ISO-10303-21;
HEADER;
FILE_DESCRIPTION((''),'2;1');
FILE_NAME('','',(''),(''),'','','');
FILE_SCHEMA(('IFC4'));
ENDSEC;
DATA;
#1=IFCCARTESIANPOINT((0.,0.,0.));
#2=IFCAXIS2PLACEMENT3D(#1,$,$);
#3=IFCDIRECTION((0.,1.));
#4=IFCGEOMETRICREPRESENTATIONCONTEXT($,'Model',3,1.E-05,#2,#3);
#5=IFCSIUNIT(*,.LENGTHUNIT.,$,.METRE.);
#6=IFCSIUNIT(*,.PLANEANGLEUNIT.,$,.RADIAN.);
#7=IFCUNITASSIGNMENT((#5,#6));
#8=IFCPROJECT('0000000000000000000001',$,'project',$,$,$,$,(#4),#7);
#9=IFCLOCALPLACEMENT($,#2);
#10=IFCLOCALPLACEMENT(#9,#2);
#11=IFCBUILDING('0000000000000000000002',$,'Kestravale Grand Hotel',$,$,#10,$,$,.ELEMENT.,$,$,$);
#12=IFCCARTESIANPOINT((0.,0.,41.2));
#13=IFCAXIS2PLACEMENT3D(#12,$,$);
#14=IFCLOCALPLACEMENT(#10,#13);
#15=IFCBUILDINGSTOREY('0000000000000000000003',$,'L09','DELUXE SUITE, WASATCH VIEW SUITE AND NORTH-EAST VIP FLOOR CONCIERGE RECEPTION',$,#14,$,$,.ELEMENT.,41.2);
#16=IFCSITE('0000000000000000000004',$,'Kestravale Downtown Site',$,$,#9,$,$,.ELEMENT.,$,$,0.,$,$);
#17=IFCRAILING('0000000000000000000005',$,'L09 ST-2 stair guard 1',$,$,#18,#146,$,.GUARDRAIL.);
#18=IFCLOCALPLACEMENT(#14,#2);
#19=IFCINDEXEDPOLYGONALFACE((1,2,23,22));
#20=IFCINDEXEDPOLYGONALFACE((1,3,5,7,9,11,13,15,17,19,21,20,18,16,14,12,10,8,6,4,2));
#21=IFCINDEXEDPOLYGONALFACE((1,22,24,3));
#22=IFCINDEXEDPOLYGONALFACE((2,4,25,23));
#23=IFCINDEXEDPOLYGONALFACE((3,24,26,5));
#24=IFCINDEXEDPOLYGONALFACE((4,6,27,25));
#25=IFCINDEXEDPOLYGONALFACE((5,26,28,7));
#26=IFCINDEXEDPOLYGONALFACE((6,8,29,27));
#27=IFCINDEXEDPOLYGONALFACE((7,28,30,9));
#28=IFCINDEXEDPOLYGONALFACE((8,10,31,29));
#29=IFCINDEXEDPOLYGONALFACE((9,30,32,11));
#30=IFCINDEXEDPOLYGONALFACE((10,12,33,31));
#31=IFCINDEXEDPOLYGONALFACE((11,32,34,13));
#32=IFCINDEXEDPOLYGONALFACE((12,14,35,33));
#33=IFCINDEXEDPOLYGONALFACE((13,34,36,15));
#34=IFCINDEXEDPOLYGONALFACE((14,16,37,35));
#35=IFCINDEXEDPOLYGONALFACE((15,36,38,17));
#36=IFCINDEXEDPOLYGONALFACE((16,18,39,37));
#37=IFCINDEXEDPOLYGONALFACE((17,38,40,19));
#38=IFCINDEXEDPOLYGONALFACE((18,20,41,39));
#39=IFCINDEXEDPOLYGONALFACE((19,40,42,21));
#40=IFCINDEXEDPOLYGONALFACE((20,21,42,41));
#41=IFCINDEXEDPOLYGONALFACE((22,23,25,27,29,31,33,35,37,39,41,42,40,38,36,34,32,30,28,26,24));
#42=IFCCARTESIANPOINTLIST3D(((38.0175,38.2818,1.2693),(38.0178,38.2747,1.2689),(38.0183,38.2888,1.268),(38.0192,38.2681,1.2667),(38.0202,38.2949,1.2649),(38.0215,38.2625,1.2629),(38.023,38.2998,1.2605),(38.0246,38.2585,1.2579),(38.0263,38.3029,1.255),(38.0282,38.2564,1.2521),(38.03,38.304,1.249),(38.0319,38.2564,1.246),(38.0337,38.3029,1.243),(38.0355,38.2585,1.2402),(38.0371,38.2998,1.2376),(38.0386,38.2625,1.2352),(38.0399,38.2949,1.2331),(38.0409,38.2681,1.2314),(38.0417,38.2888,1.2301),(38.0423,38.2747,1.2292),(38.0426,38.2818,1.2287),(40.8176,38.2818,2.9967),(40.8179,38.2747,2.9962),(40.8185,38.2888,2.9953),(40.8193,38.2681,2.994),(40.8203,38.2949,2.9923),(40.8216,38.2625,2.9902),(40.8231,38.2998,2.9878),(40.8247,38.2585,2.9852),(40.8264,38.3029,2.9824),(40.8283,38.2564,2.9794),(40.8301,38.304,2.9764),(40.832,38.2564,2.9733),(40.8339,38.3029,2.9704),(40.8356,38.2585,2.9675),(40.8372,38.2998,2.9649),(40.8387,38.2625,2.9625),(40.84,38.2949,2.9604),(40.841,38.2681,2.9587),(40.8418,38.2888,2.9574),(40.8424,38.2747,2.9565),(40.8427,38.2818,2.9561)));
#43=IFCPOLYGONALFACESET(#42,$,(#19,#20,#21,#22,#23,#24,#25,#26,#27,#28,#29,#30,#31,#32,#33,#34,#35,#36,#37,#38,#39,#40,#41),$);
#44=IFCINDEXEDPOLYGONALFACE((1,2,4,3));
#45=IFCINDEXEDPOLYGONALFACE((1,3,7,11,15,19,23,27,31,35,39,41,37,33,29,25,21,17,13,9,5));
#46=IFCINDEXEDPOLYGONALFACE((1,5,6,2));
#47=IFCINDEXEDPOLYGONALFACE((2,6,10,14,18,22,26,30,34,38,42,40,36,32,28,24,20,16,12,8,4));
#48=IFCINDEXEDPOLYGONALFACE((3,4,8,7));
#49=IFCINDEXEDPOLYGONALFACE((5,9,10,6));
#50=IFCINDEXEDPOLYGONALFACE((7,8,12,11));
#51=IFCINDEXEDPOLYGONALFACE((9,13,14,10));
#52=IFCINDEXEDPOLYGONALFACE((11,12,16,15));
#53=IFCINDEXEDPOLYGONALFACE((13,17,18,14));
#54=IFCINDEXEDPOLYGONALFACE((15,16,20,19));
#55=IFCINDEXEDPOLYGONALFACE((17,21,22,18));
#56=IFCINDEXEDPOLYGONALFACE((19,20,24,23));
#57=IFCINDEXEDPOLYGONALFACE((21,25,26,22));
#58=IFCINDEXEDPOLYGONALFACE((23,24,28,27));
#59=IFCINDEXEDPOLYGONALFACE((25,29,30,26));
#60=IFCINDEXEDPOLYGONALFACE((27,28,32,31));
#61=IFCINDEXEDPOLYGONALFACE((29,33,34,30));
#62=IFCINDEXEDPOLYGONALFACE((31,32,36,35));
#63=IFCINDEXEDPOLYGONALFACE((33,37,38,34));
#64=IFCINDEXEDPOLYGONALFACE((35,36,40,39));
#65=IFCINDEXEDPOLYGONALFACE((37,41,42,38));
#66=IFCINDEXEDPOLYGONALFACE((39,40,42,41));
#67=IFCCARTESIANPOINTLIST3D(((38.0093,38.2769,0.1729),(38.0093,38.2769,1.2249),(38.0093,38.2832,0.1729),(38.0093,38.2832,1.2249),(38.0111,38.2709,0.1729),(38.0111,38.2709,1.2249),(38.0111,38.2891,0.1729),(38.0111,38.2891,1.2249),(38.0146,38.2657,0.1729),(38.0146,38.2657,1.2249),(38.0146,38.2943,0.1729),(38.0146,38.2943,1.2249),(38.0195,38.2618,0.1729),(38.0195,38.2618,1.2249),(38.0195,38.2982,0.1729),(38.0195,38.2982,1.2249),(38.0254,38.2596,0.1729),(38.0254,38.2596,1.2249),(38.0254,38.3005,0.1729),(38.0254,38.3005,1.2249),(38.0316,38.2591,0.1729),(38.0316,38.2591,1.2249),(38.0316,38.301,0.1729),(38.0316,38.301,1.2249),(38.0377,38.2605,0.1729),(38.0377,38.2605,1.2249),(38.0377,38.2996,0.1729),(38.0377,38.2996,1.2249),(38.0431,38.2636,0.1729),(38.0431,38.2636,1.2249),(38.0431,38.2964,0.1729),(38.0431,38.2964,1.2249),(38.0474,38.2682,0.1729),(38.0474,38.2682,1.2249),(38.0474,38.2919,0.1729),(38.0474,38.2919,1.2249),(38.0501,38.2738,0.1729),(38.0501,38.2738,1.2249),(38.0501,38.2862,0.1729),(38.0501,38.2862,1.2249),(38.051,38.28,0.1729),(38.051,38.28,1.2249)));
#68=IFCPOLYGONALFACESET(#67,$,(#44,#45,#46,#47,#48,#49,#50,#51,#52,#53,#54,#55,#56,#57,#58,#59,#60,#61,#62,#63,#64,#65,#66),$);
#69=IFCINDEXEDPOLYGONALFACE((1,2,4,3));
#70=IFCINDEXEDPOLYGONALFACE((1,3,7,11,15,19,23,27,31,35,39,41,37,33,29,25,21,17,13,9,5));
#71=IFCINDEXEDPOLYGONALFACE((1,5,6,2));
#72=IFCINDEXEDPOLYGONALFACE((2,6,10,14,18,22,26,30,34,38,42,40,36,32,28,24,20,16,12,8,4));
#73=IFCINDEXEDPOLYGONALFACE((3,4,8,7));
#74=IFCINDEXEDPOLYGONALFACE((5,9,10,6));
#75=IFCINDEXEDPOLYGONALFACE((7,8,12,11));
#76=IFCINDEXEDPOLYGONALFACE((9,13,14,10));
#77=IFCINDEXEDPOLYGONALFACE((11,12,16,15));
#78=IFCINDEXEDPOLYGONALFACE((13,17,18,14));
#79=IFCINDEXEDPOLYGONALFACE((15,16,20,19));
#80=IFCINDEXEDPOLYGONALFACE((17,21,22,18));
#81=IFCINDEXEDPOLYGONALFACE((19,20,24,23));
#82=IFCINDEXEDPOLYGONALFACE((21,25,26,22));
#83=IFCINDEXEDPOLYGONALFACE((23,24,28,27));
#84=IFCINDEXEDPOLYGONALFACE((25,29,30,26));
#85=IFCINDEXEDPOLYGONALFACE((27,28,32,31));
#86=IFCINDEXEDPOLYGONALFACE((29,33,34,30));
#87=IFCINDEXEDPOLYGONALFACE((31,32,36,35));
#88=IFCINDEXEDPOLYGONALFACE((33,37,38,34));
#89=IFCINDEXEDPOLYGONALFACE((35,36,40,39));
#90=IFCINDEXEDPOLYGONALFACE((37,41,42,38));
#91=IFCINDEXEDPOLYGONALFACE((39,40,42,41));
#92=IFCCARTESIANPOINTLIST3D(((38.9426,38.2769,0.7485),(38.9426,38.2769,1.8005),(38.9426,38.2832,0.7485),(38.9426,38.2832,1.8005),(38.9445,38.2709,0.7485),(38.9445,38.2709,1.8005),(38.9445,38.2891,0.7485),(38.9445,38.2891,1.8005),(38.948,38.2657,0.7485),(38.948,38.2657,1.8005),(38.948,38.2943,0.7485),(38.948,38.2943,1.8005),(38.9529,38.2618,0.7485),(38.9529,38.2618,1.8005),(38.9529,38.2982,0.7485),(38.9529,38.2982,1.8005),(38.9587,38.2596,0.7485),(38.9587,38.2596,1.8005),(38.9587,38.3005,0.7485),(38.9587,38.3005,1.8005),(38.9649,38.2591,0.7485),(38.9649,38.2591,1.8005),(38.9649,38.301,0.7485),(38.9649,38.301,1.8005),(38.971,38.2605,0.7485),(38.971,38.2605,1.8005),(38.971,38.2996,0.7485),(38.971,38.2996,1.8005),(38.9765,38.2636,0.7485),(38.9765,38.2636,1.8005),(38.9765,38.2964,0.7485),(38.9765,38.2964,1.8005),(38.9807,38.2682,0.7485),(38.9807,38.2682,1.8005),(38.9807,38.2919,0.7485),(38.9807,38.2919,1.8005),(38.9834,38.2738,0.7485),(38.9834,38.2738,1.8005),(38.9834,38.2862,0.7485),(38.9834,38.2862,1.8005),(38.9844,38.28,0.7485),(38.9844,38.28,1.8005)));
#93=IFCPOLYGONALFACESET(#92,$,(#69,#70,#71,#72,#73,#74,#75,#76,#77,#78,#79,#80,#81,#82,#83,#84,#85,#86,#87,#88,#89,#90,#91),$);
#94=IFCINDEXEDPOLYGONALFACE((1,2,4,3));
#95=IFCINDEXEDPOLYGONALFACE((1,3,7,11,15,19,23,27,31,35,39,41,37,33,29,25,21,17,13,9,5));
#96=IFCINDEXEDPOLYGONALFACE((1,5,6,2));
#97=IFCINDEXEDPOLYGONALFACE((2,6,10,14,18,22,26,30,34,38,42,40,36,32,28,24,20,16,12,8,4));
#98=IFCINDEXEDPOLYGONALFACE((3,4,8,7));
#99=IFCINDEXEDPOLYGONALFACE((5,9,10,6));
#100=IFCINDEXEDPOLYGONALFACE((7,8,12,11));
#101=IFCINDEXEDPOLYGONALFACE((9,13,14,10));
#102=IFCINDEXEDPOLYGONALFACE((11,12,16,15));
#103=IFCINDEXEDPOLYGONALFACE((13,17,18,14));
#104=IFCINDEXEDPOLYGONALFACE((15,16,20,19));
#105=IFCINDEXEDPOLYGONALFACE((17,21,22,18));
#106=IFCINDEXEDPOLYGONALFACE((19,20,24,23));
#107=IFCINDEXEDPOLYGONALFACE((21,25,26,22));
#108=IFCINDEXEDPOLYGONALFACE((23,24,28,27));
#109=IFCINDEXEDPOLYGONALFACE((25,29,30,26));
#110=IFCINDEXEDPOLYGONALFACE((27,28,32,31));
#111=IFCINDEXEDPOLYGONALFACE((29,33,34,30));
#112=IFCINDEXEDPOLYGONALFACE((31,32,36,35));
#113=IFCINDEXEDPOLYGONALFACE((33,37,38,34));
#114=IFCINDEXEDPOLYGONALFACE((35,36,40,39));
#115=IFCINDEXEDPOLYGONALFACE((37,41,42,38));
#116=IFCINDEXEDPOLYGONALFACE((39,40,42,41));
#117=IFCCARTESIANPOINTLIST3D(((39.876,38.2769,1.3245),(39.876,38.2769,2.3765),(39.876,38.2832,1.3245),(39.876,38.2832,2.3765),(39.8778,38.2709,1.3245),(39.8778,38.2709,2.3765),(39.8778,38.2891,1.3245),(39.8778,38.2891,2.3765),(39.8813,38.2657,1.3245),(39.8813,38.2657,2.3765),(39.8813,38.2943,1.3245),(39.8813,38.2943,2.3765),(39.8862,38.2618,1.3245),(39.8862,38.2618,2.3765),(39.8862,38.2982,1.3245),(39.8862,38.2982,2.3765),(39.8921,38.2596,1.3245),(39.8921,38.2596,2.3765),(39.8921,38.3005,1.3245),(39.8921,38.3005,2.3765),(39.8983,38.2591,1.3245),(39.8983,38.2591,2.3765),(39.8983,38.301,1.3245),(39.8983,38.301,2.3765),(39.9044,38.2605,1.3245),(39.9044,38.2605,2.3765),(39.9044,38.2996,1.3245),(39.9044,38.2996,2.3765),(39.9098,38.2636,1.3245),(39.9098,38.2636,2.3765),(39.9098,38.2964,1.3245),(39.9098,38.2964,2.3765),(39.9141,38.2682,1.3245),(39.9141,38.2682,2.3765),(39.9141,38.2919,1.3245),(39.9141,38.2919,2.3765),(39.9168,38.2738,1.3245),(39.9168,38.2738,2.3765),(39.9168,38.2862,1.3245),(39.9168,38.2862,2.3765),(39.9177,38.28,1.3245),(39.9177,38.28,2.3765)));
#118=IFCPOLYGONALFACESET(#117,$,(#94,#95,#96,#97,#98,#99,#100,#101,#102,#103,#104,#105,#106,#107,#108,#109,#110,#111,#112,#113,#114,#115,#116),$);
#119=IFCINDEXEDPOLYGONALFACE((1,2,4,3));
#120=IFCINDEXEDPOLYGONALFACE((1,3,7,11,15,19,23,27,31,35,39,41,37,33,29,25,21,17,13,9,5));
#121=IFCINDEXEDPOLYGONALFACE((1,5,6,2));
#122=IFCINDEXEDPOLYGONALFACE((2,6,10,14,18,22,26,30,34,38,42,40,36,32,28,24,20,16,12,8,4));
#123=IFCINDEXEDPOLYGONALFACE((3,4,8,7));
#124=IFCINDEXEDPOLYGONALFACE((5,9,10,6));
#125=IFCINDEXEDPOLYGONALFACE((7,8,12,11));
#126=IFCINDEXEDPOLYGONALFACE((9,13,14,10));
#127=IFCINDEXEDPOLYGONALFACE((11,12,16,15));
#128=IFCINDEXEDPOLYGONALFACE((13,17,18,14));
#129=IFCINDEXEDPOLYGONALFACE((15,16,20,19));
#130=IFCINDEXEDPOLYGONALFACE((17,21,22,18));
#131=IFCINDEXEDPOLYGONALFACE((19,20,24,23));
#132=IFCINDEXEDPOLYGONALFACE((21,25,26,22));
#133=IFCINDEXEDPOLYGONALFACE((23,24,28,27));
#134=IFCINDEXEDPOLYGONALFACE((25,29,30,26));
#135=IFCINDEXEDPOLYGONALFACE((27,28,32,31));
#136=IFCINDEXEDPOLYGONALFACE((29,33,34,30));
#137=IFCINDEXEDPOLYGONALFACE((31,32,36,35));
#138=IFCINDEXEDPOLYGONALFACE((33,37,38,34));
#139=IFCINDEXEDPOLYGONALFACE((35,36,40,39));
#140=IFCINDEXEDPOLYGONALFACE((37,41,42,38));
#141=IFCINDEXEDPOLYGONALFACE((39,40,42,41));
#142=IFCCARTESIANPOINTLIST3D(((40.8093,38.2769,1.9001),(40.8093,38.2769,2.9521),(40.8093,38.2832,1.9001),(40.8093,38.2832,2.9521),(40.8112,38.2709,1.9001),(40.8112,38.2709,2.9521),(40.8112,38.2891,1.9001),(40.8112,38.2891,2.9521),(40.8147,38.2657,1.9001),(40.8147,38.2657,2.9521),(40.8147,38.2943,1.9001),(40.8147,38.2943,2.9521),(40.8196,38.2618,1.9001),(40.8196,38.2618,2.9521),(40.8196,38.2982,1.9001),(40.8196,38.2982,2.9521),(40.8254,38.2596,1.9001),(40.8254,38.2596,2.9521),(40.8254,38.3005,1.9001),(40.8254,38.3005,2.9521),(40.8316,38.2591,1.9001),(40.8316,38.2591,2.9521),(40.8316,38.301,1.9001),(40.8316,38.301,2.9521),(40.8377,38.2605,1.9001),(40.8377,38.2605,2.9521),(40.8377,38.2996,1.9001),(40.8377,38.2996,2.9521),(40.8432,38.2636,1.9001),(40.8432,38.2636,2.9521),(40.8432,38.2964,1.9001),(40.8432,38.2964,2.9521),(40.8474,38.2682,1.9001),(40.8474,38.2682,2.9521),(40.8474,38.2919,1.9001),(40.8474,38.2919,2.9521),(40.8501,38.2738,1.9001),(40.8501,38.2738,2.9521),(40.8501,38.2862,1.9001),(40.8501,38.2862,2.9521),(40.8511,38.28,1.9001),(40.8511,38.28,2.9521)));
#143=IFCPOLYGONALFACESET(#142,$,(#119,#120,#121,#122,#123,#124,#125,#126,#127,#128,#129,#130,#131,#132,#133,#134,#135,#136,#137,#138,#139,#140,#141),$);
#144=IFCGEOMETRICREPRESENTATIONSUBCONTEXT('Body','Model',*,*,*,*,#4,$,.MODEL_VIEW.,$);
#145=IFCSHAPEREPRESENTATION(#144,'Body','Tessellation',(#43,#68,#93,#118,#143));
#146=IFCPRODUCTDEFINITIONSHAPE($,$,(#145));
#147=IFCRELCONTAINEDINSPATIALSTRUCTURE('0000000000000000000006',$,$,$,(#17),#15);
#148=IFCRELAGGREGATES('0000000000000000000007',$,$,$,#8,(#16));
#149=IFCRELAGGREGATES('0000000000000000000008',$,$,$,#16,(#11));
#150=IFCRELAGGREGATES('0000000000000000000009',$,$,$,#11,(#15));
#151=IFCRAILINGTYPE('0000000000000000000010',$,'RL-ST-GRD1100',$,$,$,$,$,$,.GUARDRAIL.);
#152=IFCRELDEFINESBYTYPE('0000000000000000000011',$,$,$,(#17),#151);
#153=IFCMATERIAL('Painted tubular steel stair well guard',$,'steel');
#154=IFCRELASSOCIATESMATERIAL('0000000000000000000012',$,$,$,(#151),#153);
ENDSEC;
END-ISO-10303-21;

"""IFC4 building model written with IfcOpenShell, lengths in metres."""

from ifc_helpers import new_model, si_unit, direction, frame, origin, origin_2d, place, context, subcontext, project, spatial, circle, extrude, material, type_object, element, save


model = new_model("IFC4")

# Units and contexts
model_context = context("Model", 3, precision=1e-05, world=origin(), true_north=direction((0.0, 1.0)))
body_context = subcontext(model_context, "Body", "Model", "MODEL_VIEW")
ifc_project = project(units=[si_unit("LENGTHUNIT", "METRE"), si_unit("PLANEANGLEUNIT", "RADIAN")], contexts=[model_context])

# Site, building, storey
site_placement = place(None, origin())
site = spatial("IfcSite", under=ifc_project, at=site_placement, Name="Kestravale Downtown Site", CompositionType="ELEMENT", RefElevation=0.0)
building_placement = place(site_placement, origin())
building = spatial("IfcBuilding", under=site, at=building_placement, Name="Kestravale Grand Hotel", CompositionType="ELEMENT")
storey_placement = place(building_placement, frame((0.0, 0.0, 41.2)))
storey = spatial("IfcBuildingStorey", under=building, at=storey_placement, Name="L09", Description="DELUXE SUITE, WASATCH VIEW SUITE AND NORTH-EAST VIP FLOOR CONCIERGE RECEPTION", CompositionType="ELEMENT", Elevation=41.2)

# Railing
ifc_material_1 = material(Name="Painted tubular steel stair well guard", Category="steel")
railing_type_1 = type_object("IfcRailingType", Name="RL-ST-GRD1100", PredefinedType="GUARDRAIL", material=ifc_material_1)
railing_1_placement = place(storey_placement, frame((38.03, 38.28, 0.1729)))
element("IfcRailing", 1, at=railing_1_placement, inside=storey, type_object=railing_type_1, Name="L09 ST-2 stair guard 1", PredefinedType="GUARDRAIL", context=body_context, shape_type="SweptSolid", body=[
    extrude(circle(Radius=0.0239, at=origin_2d()), frame((0.0, 0.0, 1.0762), z_axis=(0.85109, 0.0, 0.52502), x_axis=(0.0, 1.0, 0.0)), (0.0, 0.0, 1.0), 3.29),
    extrude(circle(Radius=0.021, at=origin_2d()), origin(), (0.0, 0.0, 1.0), 1.052),
    extrude(circle(Radius=0.021, at=origin_2d()), frame((0.9333, 0.0, 0.5757)), (0.0, 0.0, 1.0), 1.052),
    extrude(circle(Radius=0.021, at=origin_2d()), frame((1.8667, 0.0, 1.1516)), (0.0, 0.0, 1.0), 1.052),
    extrude(circle(Radius=0.021, at=origin_2d()), frame((2.8, 0.0, 1.7273)), (0.0, 0.0, 1.0), 1.052),
])

save(model, "model.ifc")
